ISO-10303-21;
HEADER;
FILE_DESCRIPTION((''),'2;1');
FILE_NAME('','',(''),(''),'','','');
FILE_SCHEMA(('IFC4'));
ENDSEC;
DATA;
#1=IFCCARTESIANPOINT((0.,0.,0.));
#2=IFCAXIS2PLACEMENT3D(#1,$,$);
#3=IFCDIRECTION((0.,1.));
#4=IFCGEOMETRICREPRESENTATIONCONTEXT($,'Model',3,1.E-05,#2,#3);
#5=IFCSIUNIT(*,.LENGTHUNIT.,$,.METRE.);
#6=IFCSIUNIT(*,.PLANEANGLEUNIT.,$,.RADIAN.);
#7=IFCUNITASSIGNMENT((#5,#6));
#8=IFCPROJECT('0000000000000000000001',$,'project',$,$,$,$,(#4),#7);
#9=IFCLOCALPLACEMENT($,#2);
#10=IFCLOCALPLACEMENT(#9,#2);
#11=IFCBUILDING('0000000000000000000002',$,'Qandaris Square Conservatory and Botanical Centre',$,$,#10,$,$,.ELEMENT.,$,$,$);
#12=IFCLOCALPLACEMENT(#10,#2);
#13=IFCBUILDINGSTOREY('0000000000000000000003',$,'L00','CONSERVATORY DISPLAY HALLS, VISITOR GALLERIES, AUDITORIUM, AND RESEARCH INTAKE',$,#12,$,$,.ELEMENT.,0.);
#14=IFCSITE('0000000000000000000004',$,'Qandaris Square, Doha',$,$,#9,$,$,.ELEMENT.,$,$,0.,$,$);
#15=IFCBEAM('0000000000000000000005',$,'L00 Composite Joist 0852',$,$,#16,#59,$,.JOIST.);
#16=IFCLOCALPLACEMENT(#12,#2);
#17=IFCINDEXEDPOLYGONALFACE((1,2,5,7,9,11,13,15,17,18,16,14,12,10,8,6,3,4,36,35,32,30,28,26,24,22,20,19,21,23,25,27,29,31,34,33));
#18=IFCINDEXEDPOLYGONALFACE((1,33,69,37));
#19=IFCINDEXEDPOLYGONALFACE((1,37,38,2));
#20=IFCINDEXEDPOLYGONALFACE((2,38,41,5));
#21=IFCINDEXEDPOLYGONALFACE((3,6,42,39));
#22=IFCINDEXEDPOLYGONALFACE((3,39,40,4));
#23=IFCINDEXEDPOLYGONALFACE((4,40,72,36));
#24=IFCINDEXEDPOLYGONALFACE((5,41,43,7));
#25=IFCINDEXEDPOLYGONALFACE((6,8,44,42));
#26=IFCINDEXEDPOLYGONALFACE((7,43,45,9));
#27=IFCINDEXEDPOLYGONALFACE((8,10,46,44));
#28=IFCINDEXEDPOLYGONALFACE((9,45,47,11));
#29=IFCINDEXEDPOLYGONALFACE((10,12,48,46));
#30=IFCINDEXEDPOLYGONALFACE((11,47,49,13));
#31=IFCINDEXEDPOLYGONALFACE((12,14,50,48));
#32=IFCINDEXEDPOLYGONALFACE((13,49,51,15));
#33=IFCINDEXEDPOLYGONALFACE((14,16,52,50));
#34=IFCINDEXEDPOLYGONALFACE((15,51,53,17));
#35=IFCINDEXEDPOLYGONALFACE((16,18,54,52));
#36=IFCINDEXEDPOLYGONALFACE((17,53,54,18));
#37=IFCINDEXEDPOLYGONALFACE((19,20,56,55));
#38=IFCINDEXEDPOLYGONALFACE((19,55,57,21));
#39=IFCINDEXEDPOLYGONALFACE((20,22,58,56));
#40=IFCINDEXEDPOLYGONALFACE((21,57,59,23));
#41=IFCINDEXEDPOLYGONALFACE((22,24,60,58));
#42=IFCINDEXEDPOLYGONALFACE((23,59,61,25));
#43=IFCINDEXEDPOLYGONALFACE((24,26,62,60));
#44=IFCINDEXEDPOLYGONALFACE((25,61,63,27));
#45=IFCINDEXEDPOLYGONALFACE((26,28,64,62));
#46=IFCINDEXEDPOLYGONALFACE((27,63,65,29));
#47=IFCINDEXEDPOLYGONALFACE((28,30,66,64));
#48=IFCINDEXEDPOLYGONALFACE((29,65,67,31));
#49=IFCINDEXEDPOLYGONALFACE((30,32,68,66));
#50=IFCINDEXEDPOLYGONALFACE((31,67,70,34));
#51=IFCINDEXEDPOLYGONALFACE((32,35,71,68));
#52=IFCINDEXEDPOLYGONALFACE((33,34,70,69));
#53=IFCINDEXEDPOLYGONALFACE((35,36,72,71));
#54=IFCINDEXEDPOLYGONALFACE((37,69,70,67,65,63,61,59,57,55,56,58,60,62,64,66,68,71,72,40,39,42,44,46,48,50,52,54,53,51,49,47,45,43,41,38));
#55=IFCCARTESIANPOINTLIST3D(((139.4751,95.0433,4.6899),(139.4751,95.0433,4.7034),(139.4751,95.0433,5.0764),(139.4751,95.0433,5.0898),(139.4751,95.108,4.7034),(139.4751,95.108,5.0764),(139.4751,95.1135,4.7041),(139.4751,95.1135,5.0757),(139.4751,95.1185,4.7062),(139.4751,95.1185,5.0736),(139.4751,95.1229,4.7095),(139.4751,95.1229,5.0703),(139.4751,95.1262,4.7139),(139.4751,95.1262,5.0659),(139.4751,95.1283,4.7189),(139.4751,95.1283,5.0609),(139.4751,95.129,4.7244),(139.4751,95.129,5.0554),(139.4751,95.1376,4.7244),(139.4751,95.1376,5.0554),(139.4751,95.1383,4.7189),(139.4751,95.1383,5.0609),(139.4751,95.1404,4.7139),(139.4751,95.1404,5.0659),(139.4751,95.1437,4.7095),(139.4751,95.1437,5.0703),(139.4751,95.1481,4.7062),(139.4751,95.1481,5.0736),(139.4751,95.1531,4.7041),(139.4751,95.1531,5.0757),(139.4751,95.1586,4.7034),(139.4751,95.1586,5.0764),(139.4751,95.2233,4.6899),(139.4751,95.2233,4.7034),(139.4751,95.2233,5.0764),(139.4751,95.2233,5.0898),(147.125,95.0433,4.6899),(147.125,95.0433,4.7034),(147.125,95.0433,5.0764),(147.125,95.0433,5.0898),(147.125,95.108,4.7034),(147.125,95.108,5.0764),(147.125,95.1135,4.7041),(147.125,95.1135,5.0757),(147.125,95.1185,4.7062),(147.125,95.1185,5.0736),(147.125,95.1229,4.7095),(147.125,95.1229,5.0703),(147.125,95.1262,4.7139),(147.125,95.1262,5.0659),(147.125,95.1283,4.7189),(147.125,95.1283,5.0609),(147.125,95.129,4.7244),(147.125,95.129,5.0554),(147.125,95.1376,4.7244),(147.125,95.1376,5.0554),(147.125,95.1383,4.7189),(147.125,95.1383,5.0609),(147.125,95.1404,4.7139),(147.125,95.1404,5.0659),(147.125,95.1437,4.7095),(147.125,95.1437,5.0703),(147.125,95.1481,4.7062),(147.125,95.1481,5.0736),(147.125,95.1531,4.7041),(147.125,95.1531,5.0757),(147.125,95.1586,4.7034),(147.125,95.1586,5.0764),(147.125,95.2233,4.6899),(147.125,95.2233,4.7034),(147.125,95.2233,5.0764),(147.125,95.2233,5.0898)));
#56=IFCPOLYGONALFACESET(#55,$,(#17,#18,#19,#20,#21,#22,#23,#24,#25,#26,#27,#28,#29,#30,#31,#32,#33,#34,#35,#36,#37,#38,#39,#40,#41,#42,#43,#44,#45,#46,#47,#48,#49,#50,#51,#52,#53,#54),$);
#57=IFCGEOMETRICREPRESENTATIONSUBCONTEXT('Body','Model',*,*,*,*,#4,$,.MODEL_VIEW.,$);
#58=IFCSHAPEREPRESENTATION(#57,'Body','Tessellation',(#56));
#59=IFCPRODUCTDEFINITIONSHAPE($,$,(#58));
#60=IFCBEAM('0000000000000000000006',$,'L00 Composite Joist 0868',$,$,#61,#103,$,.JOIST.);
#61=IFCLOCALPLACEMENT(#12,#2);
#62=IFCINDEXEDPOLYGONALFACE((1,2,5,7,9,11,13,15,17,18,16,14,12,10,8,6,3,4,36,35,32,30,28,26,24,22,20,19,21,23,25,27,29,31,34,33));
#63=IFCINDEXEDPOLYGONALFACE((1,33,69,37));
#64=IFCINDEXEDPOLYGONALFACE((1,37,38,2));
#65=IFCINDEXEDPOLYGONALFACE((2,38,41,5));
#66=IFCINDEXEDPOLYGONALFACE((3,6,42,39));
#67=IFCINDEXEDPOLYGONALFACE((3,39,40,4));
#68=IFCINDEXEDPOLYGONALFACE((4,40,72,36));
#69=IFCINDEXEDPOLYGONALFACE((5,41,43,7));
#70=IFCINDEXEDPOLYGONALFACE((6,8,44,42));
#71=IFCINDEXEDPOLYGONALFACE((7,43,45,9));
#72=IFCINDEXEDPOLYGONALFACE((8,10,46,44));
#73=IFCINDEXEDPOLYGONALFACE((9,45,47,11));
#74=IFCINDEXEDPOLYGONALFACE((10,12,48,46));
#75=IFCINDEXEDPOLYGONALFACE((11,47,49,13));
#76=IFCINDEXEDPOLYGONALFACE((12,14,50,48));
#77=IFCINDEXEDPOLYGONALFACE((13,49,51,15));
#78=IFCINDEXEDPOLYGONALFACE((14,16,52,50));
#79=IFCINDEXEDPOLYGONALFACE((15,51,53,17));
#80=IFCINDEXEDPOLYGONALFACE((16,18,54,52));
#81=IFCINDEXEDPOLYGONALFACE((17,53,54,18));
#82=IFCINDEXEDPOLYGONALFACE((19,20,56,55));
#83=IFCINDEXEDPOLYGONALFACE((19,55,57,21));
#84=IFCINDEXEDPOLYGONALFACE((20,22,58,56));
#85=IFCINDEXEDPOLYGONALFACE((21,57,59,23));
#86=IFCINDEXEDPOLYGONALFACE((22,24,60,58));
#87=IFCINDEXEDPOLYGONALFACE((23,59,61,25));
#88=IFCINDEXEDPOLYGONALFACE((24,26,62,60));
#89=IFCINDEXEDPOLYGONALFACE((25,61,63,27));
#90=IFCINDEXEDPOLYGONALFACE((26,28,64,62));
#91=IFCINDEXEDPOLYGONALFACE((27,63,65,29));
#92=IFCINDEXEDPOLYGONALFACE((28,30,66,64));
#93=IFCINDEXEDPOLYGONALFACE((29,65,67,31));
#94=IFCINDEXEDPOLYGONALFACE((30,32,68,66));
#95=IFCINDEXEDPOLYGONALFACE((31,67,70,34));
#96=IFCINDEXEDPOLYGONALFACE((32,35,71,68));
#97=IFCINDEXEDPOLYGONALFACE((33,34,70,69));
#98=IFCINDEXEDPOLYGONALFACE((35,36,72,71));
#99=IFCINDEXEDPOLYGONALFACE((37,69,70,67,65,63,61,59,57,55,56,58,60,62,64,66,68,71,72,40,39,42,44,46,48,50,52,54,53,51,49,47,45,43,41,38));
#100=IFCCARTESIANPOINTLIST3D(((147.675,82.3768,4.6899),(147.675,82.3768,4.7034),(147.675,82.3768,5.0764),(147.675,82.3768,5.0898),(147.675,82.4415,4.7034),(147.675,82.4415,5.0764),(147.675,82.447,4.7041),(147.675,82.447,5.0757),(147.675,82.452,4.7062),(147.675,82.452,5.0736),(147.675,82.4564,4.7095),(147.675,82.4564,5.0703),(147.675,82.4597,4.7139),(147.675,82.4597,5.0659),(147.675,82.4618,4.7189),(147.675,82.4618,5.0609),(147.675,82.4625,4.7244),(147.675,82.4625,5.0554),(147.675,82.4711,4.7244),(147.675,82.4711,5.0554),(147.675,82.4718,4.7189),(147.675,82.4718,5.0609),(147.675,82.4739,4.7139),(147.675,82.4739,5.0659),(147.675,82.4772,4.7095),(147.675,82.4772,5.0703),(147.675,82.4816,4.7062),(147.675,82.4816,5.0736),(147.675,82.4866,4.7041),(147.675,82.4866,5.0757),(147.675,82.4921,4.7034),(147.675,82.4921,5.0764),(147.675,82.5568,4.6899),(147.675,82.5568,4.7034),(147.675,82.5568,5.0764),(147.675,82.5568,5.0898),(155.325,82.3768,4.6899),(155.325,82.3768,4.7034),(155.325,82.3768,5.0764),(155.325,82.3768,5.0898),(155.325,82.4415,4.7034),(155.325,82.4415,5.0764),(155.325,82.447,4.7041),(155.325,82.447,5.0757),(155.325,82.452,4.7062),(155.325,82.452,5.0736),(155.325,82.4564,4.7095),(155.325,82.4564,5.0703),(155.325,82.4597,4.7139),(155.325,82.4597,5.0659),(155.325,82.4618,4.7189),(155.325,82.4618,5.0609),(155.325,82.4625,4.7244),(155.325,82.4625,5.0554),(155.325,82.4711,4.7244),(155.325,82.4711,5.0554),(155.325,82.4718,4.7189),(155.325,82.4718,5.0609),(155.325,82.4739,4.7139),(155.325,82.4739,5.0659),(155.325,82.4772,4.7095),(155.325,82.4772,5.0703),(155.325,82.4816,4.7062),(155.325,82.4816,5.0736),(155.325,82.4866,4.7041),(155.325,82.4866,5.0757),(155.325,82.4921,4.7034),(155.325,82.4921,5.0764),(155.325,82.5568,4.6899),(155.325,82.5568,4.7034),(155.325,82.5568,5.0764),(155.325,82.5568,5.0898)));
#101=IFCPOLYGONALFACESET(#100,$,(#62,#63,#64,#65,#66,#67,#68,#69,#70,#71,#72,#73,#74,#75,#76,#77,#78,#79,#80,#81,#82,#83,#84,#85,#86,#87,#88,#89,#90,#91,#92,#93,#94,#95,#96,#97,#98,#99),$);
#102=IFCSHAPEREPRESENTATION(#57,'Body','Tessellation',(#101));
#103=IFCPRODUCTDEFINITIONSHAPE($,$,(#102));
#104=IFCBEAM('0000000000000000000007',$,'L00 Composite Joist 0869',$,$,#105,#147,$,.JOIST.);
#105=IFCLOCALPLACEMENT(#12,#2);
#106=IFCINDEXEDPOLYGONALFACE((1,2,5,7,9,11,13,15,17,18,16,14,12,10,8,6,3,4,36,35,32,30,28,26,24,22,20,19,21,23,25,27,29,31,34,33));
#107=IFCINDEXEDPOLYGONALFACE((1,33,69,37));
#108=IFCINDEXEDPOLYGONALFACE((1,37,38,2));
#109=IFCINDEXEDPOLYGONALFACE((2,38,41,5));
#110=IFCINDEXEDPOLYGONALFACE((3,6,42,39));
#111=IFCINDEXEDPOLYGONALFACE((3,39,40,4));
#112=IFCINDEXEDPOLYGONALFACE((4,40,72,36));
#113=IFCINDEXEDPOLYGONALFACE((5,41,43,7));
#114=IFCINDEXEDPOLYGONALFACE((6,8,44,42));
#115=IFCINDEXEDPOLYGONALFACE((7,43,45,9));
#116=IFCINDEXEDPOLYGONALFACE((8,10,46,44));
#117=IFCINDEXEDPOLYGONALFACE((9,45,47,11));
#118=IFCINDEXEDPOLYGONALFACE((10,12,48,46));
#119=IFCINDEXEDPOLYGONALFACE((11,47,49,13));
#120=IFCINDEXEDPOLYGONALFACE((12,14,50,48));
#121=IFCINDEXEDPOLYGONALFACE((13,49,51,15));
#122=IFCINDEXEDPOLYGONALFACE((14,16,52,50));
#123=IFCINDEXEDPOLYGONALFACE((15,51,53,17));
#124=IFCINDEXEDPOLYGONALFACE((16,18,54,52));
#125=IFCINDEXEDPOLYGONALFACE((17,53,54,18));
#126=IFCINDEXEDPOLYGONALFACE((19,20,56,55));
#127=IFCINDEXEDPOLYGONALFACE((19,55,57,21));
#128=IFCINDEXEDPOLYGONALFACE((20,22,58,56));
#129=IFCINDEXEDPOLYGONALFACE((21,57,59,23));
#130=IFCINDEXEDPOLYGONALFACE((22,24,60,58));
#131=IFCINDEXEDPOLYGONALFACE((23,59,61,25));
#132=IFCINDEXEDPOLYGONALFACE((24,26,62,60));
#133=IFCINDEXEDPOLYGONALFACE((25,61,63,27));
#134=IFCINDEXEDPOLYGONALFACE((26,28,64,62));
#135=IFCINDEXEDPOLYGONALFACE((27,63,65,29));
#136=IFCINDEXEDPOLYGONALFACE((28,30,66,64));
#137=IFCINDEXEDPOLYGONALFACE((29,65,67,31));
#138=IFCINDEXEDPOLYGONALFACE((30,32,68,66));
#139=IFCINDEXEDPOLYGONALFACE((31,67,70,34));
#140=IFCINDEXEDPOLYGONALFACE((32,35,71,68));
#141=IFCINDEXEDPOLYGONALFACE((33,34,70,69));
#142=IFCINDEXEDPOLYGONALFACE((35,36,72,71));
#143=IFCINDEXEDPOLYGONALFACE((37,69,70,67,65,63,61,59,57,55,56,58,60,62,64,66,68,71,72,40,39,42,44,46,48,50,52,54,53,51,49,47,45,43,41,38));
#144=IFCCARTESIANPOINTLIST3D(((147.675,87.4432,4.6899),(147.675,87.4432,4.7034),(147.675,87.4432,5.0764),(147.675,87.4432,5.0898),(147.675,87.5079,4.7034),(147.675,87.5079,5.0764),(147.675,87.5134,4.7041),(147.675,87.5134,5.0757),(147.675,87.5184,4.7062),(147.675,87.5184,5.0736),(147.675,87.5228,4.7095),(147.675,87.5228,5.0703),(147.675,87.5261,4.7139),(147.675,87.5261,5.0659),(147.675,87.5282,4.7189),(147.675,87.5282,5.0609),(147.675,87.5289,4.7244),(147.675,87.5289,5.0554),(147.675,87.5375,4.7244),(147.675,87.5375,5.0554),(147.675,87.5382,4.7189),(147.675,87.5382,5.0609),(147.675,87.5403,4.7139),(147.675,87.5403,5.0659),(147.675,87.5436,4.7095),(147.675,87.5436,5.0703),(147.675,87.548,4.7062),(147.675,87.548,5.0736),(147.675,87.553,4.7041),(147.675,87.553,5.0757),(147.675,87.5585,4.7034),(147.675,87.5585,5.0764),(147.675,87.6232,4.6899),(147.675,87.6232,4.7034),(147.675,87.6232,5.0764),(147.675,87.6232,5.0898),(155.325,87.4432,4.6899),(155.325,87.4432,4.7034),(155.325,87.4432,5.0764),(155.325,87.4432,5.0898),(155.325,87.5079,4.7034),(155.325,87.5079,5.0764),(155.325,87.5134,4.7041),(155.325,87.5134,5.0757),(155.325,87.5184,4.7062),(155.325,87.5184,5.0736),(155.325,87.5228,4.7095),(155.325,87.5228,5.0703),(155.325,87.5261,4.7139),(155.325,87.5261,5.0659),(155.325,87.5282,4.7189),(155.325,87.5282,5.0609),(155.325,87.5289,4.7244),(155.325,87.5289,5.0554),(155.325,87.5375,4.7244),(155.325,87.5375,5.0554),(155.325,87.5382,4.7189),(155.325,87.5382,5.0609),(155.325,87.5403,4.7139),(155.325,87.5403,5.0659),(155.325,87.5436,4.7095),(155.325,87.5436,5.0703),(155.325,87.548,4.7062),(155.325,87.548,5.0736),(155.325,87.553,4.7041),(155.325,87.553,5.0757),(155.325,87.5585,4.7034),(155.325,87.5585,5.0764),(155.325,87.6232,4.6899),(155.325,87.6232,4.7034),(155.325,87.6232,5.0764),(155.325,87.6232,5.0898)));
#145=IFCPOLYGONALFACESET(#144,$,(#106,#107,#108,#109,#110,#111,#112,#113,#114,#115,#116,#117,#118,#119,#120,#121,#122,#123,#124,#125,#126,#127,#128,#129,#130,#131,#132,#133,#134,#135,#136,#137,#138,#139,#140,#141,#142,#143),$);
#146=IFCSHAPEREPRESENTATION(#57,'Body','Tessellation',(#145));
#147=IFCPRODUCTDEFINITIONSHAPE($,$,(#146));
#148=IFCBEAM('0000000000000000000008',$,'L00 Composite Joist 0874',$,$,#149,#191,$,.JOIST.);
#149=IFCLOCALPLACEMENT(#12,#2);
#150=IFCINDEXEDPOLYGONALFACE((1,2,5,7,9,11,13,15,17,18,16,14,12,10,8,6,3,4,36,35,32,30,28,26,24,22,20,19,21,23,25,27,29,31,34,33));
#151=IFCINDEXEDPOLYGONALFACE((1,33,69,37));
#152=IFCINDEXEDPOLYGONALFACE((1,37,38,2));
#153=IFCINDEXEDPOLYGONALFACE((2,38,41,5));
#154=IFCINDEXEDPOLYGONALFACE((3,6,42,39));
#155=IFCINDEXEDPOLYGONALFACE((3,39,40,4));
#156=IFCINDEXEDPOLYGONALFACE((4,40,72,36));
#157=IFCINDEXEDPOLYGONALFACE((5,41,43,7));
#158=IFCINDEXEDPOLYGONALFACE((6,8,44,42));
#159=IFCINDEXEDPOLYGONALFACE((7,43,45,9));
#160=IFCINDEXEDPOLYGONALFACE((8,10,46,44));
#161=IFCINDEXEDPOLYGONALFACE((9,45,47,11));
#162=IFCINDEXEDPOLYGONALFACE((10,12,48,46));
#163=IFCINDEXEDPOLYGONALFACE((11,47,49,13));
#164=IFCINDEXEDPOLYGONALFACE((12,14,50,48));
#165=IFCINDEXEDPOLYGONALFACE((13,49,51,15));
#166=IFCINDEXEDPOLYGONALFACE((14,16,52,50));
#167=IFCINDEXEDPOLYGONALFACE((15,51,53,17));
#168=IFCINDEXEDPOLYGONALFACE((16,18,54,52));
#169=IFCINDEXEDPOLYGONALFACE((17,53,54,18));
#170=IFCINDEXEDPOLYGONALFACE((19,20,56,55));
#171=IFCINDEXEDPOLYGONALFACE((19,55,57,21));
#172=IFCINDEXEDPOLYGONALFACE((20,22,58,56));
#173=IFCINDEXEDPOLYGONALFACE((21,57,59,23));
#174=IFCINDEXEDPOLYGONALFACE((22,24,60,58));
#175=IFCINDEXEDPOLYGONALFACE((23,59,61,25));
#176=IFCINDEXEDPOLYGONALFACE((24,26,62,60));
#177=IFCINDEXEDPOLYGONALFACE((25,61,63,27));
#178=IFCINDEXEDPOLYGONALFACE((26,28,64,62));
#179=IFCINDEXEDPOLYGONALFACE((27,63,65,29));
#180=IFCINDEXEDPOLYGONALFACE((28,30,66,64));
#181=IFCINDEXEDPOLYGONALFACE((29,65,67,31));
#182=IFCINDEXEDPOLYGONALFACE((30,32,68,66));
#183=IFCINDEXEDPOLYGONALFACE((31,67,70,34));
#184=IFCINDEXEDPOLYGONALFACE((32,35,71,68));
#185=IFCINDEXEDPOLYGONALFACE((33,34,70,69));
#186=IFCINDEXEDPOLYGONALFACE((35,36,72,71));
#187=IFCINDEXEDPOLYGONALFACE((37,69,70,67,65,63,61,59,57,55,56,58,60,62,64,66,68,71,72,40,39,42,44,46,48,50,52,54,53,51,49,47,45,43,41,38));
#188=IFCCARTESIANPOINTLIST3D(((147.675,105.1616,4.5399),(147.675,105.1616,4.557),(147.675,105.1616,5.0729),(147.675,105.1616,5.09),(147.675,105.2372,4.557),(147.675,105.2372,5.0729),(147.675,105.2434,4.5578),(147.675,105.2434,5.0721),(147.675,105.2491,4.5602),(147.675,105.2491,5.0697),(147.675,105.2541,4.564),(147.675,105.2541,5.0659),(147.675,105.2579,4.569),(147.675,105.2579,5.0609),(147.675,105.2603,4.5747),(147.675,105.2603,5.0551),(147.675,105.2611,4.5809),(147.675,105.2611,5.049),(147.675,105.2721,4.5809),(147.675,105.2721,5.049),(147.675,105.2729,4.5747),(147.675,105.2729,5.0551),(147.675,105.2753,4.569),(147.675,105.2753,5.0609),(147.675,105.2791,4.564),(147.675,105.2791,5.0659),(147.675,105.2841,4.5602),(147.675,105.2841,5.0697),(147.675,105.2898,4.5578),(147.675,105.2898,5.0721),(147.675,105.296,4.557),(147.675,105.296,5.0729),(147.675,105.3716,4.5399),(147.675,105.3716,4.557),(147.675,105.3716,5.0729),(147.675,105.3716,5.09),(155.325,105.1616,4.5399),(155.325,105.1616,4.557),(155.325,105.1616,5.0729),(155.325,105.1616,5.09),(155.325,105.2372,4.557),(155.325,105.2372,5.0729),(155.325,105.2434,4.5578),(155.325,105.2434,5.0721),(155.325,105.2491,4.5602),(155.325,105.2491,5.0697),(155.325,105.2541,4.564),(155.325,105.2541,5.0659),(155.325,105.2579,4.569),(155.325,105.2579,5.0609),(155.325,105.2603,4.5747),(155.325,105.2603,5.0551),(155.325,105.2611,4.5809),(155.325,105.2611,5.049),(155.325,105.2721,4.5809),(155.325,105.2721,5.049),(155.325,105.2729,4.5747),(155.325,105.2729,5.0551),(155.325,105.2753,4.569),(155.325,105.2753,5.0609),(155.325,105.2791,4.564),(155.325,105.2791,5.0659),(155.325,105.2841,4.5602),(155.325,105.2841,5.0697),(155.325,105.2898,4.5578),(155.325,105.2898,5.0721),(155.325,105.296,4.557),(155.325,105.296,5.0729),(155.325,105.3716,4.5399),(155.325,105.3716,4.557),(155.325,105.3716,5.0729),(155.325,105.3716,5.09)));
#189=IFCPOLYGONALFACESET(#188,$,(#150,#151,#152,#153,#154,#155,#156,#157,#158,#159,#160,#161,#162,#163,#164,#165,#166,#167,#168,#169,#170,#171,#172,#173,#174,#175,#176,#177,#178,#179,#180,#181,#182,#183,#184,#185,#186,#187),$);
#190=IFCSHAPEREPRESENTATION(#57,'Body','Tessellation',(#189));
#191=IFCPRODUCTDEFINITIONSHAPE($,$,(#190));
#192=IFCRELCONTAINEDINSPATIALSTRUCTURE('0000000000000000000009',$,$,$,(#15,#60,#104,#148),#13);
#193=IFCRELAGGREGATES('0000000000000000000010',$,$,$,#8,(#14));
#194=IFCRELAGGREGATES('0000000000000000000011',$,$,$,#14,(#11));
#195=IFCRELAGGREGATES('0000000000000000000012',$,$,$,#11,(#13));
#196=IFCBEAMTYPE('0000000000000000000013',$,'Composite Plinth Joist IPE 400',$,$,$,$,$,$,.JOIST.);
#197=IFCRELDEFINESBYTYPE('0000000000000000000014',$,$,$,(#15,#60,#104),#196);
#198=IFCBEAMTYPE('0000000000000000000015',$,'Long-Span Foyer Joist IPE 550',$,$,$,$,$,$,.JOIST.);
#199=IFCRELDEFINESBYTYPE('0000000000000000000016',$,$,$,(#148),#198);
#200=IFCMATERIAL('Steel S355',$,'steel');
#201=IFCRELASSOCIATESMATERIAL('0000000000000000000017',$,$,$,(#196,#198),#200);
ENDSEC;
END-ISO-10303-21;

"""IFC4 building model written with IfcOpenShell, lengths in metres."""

from ifc_helpers import new_model, si_unit, direction, frame, origin, origin_2d, place, context, subcontext, project, spatial, i_section, extrude, material, material_profile, profile_set, type_object, element, save


model = new_model("IFC4")

# Units and contexts
model_context = context("Model", 3, precision=1e-05, world=origin(), true_north=direction((0.0, 1.0)))
body_context = subcontext(model_context, "Body", "Model", "MODEL_VIEW")
ifc_project = project(units=[si_unit("LENGTHUNIT", "METRE"), si_unit("PLANEANGLEUNIT", "RADIAN")], contexts=[model_context])

# Site, building, storey
site_placement = place(None, origin())
site = spatial("IfcSite", under=ifc_project, at=site_placement, Name="Qandaris Square, Doha", CompositionType="ELEMENT", RefElevation=0.0)
building_placement = place(site_placement, origin())
building = spatial("IfcBuilding", under=site, at=building_placement, Name="Qandaris Square Conservatory and Botanical Centre", CompositionType="ELEMENT")
storey_placement = place(building_placement, origin())
storey = spatial("IfcBuildingStorey", under=building, at=storey_placement, Name="L00", Description="CONSERVATORY DISPLAY HALLS, VISITOR GALLERIES, AUDITORIUM, AND RESEARCH INTAKE", CompositionType="ELEMENT", Elevation=0.0)

# Beams
ifc_material_1 = material(Name="Steel S355", Category="steel")
ifc_material_profile_1 = material_profile(ifc_material_1, i_section(OverallWidth=0.1799, OverallDepth=0.3999, WebThickness=0.0085, FlangeThickness=0.0134, FilletRadius=0.021, at=origin_2d()), Name="IPE 400")
ifc_profile_set_1 = profile_set([ifc_material_profile_1], Name="Steel S355")
beam_type_1 = type_object("IfcBeamType", Name="Composite Plinth Joist IPE 400", PredefinedType="JOIST", material=ifc_profile_set_1)
for number, where, z_axis, x_axis, name in (
    (1, (139.4751, 95.1333, 4.8899), (1.0, 0.0, 0.0), (0.0, 1.0, 0.0), "L00 Composite Joist 0852"),
    (2, (147.675, 82.4668, 4.8899), (1.0, 0.0, 0.0), (0.0, 1.0, 0.0), "L00 Composite Joist 0868"),
    (3, (147.675, 87.5332, 4.8899), (1.0, 0.0, 0.0), (0.0, 1.0, 0.0), "L00 Composite Joist 0869"),
):
    element("IfcBeam", number, at=place(storey_placement, frame(where, z_axis=z_axis, x_axis=x_axis)), inside=storey, type_object=beam_type_1, Name=name, PredefinedType="JOIST", context=body_context, shape_type="SweptSolid", body=[
        extrude(i_section(OverallWidth=0.1799, OverallDepth=0.3999, WebThickness=0.0085, FlangeThickness=0.0134, FilletRadius=0.021, at=origin_2d()), origin(), (0.0, 0.0, 1.0), 7.6499),
    ])
ifc_material_profile_2 = material_profile(ifc_material_1, i_section(OverallWidth=0.21, OverallDepth=0.55, WebThickness=0.011, FlangeThickness=0.0171, FilletRadius=0.0239, at=origin_2d()), Name="IPE 550")
ifc_profile_set_2 = profile_set([ifc_material_profile_2], Name="Steel S355")
beam_type_2 = type_object("IfcBeamType", Name="Long-Span Foyer Joist IPE 550", PredefinedType="JOIST", material=ifc_profile_set_2)
beam_1_placement = place(storey_placement, frame((147.675, 105.2666, 4.8149), z_axis=(1.0, 0.0, 0.0), x_axis=(0.0, 1.0, 0.0)))
element("IfcBeam", 4, at=beam_1_placement, inside=storey, type_object=beam_type_2, Name="L00 Composite Joist 0874", PredefinedType="JOIST", context=body_context, shape_type="SweptSolid", body=[
    extrude(i_section(OverallWidth=0.21, OverallDepth=0.55, WebThickness=0.011, FlangeThickness=0.0171, FilletRadius=0.0239, at=origin_2d()), origin(), (0.0, 0.0, 1.0), 7.6499),
])

save(model, "model.ifc")
